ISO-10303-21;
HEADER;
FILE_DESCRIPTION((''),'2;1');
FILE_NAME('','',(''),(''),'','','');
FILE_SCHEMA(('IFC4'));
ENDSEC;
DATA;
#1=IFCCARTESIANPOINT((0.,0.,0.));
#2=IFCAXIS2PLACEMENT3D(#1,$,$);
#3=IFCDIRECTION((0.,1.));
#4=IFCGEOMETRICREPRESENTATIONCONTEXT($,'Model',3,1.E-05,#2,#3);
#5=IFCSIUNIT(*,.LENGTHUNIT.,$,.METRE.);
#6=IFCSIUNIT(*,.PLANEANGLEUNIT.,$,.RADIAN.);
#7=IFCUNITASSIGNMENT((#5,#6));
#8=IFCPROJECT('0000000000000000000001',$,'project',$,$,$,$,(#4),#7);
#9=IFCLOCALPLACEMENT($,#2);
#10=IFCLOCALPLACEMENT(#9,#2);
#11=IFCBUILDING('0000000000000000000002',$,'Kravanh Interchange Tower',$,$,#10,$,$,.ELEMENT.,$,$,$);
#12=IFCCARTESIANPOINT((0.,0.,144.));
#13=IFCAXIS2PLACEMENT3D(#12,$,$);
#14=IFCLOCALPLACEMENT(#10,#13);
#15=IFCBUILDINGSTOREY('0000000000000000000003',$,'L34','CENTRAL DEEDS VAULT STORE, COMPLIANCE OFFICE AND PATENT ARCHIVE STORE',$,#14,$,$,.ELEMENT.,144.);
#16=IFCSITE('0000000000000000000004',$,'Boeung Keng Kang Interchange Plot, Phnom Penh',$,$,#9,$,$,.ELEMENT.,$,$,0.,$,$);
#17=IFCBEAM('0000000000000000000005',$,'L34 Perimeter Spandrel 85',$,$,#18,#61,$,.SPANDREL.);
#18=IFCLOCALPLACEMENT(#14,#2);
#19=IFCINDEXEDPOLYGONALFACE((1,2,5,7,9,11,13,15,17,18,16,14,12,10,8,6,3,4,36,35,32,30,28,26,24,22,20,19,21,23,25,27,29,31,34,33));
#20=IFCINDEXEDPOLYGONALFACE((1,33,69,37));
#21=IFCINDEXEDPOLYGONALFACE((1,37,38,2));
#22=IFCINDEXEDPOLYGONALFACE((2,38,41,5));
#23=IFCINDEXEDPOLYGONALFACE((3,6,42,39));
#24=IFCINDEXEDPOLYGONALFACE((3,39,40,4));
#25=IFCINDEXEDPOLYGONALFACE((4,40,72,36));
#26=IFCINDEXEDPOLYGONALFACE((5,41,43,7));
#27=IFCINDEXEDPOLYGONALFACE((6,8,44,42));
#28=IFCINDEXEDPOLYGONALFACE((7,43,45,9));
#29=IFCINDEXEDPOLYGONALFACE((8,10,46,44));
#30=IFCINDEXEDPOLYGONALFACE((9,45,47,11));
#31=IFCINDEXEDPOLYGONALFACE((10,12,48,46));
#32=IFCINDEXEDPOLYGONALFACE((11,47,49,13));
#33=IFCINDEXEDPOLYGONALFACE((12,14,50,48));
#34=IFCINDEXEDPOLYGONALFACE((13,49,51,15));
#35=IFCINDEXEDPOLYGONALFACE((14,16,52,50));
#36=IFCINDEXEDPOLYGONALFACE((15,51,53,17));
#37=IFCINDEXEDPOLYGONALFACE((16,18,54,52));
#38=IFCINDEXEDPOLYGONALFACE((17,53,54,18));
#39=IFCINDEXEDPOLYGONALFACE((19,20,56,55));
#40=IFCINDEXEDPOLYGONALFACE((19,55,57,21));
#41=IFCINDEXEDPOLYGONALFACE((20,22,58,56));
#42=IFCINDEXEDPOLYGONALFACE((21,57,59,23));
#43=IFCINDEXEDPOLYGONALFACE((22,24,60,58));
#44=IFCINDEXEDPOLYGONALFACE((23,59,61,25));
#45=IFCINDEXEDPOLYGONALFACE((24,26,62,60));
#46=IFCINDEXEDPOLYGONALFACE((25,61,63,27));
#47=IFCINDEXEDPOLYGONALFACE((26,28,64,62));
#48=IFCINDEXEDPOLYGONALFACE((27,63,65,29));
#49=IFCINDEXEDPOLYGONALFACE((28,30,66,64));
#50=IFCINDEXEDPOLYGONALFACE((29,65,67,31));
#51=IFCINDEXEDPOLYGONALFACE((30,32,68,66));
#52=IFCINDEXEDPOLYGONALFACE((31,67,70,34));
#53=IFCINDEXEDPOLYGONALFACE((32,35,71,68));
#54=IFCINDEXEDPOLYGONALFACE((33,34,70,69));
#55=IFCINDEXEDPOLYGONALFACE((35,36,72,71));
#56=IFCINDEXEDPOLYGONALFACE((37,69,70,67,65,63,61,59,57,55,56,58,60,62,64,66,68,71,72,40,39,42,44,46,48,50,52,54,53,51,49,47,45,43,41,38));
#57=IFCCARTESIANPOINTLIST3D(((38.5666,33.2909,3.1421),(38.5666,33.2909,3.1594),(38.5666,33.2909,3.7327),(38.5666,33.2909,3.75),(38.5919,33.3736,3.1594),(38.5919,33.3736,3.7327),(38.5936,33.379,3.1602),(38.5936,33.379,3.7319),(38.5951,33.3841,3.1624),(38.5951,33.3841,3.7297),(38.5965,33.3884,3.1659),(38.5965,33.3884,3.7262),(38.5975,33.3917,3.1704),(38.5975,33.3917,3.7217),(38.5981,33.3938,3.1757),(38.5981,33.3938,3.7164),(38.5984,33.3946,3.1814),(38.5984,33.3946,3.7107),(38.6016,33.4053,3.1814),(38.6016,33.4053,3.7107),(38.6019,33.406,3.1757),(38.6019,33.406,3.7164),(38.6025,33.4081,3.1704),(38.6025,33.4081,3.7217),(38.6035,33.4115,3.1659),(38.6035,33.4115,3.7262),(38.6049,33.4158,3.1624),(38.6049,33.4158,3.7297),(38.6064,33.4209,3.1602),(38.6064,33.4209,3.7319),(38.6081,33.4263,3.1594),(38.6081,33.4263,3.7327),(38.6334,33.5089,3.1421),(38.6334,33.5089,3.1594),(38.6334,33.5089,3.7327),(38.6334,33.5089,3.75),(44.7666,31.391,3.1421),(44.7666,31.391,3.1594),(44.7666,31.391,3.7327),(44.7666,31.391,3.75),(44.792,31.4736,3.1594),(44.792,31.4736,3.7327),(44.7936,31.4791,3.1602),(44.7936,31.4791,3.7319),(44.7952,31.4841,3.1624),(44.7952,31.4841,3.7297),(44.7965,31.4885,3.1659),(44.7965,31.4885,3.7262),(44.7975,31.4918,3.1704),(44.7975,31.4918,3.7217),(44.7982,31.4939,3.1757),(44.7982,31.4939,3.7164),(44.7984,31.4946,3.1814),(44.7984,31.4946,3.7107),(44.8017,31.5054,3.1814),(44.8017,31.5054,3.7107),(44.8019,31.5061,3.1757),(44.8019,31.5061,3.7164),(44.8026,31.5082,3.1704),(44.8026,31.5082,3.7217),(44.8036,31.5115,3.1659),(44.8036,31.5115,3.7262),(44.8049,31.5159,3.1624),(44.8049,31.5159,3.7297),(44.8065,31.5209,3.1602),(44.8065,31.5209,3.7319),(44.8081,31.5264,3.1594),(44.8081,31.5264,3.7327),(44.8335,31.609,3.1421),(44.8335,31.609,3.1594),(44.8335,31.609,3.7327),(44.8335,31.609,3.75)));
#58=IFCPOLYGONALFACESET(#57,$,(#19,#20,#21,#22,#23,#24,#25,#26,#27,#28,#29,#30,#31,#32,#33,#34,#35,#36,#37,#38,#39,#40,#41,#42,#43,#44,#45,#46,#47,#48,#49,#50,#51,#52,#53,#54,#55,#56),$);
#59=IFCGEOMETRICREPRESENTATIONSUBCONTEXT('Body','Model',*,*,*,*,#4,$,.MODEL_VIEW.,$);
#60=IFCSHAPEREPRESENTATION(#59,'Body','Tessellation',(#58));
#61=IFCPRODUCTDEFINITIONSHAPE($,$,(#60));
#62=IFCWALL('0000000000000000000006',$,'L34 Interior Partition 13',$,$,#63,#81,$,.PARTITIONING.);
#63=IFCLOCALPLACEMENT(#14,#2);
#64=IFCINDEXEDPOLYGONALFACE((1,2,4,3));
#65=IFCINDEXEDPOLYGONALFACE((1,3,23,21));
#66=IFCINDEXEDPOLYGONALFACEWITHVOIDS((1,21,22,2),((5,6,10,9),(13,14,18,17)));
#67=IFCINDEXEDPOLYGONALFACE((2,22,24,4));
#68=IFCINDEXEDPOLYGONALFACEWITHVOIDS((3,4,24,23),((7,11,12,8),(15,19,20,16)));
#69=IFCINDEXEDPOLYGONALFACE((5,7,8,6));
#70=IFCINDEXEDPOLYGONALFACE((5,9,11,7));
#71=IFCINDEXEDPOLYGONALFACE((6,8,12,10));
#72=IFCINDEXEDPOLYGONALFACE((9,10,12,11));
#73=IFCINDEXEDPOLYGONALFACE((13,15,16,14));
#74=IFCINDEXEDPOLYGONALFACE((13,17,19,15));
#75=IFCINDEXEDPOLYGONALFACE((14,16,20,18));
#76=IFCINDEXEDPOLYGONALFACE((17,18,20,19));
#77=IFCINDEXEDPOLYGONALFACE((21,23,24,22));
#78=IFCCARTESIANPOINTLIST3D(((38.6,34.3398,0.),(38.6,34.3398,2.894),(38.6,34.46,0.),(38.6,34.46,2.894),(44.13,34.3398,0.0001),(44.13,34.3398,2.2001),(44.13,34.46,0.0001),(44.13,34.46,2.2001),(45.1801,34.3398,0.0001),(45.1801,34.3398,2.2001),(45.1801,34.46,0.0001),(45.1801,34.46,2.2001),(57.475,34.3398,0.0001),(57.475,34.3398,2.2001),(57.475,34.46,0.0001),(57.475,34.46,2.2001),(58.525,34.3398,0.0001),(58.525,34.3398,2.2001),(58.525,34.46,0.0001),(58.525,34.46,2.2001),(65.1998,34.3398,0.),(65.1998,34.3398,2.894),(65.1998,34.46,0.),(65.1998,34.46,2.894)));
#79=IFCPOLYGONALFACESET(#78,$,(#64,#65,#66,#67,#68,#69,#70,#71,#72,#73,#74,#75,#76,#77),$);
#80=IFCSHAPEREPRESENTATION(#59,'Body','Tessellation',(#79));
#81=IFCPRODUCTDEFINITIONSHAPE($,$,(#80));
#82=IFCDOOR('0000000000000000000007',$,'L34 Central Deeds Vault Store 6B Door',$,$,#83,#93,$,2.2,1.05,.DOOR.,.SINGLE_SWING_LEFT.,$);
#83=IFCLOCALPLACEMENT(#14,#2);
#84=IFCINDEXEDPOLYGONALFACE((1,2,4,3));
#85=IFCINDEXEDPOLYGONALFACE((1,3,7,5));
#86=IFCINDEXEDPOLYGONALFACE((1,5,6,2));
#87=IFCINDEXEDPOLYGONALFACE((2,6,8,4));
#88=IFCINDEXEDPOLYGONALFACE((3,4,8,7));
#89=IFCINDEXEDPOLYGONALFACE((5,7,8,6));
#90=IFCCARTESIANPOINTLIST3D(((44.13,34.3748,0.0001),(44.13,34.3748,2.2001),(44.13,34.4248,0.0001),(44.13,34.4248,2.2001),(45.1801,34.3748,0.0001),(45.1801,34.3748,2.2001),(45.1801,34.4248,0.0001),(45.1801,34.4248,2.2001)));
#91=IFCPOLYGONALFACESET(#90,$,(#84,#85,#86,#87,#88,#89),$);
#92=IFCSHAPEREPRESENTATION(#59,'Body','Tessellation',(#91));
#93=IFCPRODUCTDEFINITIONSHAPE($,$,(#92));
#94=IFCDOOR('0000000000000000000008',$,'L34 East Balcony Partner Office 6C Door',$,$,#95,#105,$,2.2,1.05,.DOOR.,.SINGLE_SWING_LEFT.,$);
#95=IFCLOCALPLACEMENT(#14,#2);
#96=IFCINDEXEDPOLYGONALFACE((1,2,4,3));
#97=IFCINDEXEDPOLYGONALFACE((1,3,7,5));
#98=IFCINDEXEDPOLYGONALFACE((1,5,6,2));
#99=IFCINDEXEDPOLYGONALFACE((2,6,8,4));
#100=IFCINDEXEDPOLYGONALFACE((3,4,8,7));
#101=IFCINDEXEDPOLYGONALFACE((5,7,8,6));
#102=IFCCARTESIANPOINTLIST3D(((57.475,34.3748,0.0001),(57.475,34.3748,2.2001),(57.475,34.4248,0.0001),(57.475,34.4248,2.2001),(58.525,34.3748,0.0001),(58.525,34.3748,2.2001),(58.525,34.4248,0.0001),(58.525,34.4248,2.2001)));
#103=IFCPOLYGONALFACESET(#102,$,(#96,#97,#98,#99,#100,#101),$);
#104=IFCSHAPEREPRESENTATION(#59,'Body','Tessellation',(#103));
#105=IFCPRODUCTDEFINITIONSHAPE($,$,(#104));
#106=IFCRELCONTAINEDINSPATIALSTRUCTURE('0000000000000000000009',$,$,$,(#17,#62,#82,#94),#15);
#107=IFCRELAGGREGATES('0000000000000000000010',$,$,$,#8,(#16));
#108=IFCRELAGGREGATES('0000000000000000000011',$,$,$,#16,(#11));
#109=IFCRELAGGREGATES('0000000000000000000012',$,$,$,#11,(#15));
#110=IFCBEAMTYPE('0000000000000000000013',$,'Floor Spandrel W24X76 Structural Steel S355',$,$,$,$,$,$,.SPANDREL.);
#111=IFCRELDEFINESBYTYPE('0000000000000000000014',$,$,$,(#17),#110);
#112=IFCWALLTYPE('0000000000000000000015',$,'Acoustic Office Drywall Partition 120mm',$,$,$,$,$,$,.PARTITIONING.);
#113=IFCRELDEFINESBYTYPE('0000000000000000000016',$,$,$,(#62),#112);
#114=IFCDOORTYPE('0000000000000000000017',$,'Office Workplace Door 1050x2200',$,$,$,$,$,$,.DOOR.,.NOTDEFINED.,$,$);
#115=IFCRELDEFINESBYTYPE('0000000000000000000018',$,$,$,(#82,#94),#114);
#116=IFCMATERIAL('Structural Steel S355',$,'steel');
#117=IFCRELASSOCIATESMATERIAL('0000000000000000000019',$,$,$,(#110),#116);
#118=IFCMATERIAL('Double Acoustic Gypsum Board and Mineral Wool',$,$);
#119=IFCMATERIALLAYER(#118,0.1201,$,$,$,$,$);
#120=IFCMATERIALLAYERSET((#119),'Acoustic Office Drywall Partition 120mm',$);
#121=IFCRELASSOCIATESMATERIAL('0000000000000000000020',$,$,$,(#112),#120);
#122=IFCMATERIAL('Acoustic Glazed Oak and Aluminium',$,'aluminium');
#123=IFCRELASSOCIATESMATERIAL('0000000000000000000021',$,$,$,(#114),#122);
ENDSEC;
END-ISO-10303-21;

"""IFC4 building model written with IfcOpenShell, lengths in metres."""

from ifc_helpers import new_model, si_unit, direction, frame, frame_2d, origin, origin_2d, place, context, subcontext, project, spatial, rectangle, i_section, extrude, material, layer, layer_set, material_profile, profile_set, type_object, element, fill, save


model = new_model("IFC4")

# Units and contexts
model_context = context("Model", 3, precision=1e-05, world=origin(), true_north=direction((0.0, 1.0)))
body_context = subcontext(model_context, "Body", "Model", "MODEL_VIEW")
ifc_project = project(units=[si_unit("LENGTHUNIT", "METRE"), si_unit("PLANEANGLEUNIT", "RADIAN")], contexts=[model_context])

# Site, building, storey
site_placement = place(None, origin())
site = spatial("IfcSite", under=ifc_project, at=site_placement, Name="Boeung Keng Kang Interchange Plot, Phnom Penh", CompositionType="ELEMENT", RefElevation=0.0)
building_placement = place(site_placement, origin())
building = spatial("IfcBuilding", under=site, at=building_placement, Name="Kravanh Interchange Tower", CompositionType="ELEMENT")
storey_placement = place(building_placement, frame((0.0, 0.0, 144.0)))
storey = spatial("IfcBuildingStorey", under=building, at=storey_placement, Name="L34", Description="CENTRAL DEEDS VAULT STORE, COMPLIANCE OFFICE AND PATENT ARCHIVE STORE", CompositionType="ELEMENT", Elevation=144.0)

# Beam
ifc_material_1 = material(Name="Structural Steel S355", Category="steel")
ifc_material_profile_1 = material_profile(ifc_material_1, i_section(OverallWidth=0.228, OverallDepth=0.6079, WebThickness=0.0112, FlangeThickness=0.0173, FilletRadius=0.022, at=origin_2d()), Name="W24X76")
ifc_profile_set_1 = profile_set([ifc_material_profile_1], Name="Structural Steel S355")
beam_type_1 = type_object("IfcBeamType", Name="Floor Spandrel W24X76 Structural Steel S355", PredefinedType="SPANDREL", material=ifc_profile_set_1)
beam_1_placement = place(storey_placement, frame((44.8, 31.5, 3.446), z_axis=(-0.956115, 0.29299, 0.0), x_axis=(-0.29299, -0.956115, 0.0)))
element("IfcBeam", 1, at=beam_1_placement, inside=storey, type_object=beam_type_1, Name="L34 Perimeter Spandrel 85", PredefinedType="SPANDREL", context=body_context, shape_type="SweptSolid", body=[
    extrude(i_section(OverallWidth=0.228, OverallDepth=0.6079, WebThickness=0.0112, FlangeThickness=0.0173, FilletRadius=0.022, at=origin_2d()), origin(), (0.0, 0.0, 1.0), 6.4846),
])

# Wall, openings, doors
ifc_material_2 = material(Name="Double Acoustic Gypsum Board and Mineral Wool")
ifc_layer_1 = layer(ifc_material_2, 0.1201)
ifc_layer_set_1 = layer_set([ifc_layer_1], Name="Acoustic Office Drywall Partition 120mm")
wall_type_1 = type_object("IfcWallType", Name="Acoustic Office Drywall Partition 120mm", PredefinedType="PARTITIONING", material=ifc_layer_set_1)
wall_1_placement = place(storey_placement, frame((38.6001, 34.3999, 0.0), z_axis=(0.0, 0.0, 1.0), x_axis=(1.0, 0.0, 0.0)))
wall_1 = element("IfcWall", 2, at=wall_1_placement, inside=storey, type_object=wall_type_1, Name="L34 Interior Partition 13", PredefinedType="PARTITIONING", context=body_context, shape_type="SweptSolid", body=[
    extrude(rectangle(XDim=26.5999, YDim=0.1201, at=frame_2d((13.2998, 0.0))), origin(), (0.0, 0.0, 1.0), 2.894),
])
opening_1_placement = place(wall_1_placement, frame((5.53, 0.0, 0.0)))
opening_1 = element("IfcOpeningElement", 3, at=opening_1_placement, cuts=wall_1, PredefinedType="OPENING", context=body_context, shape_type="SweptSolid", body=[
    extrude(rectangle(XDim=1.05, YDim=2.2, at=frame_2d((0.5249, 1.1001))), frame((0.0, 0.0701, 0.0), z_axis=(0.0, -1.0, 0.0), x_axis=(1.0, 0.0, 0.0)), (0.0, 0.0, 1.0), 0.1401),
])
opening_2_placement = place(wall_1_placement, frame((18.875, 0.0, 0.0)))
opening_2 = element("IfcOpeningElement", 4, at=opening_2_placement, cuts=wall_1, PredefinedType="OPENING", context=body_context, shape_type="SweptSolid", body=[
    extrude(rectangle(XDim=1.05, YDim=2.2, at=frame_2d((0.5249, 1.1001))), frame((0.0, 0.0701, 0.0), z_axis=(0.0, -1.0, 0.0), x_axis=(1.0, 0.0, 0.0)), (0.0, 0.0, 1.0), 0.1401),
])
ifc_material_3 = material(Name="Acoustic Glazed Oak and Aluminium", Category="aluminium")
door_type_1 = type_object("IfcDoorType", Name="Office Workplace Door 1050x2200", OperationType="NOTDEFINED", PredefinedType="DOOR", material=ifc_material_3)
door_1_placement = place(opening_1_placement, origin())
door_1 = element("IfcDoor", 5, at=door_1_placement, inside=storey, type_object=door_type_1, Name="L34 Central Deeds Vault Store 6B Door", OperationType="SINGLE_SWING_LEFT", OverallHeight=2.2, OverallWidth=1.05, PredefinedType="DOOR", context=body_context, shape_type="SweptSolid", body=[
    extrude(rectangle(XDim=1.05, YDim=2.2, at=frame_2d((0.5249, 1.1001))), frame((0.0, 0.0249, 0.0), z_axis=(0.0, -1.0, 0.0), x_axis=(1.0, 0.0, 0.0)), (0.0, 0.0, 1.0), 0.05),
])
fill(opening_1, door_1)
door_2_placement = place(opening_2_placement, origin())
door_2 = element("IfcDoor", 6, at=door_2_placement, inside=storey, type_object=door_type_1, Name="L34 East Balcony Partner Office 6C Door", OperationType="SINGLE_SWING_LEFT", OverallHeight=2.2, OverallWidth=1.05, PredefinedType="DOOR", context=body_context, shape_type="SweptSolid", body=[
    extrude(rectangle(XDim=1.05, YDim=2.2, at=frame_2d((0.5249, 1.1001))), frame((0.0, 0.0249, 0.0), z_axis=(0.0, -1.0, 0.0), x_axis=(1.0, 0.0, 0.0)), (0.0, 0.0, 1.0), 0.05),
])
fill(opening_2, door_2)

save(model, "model.ifc")
